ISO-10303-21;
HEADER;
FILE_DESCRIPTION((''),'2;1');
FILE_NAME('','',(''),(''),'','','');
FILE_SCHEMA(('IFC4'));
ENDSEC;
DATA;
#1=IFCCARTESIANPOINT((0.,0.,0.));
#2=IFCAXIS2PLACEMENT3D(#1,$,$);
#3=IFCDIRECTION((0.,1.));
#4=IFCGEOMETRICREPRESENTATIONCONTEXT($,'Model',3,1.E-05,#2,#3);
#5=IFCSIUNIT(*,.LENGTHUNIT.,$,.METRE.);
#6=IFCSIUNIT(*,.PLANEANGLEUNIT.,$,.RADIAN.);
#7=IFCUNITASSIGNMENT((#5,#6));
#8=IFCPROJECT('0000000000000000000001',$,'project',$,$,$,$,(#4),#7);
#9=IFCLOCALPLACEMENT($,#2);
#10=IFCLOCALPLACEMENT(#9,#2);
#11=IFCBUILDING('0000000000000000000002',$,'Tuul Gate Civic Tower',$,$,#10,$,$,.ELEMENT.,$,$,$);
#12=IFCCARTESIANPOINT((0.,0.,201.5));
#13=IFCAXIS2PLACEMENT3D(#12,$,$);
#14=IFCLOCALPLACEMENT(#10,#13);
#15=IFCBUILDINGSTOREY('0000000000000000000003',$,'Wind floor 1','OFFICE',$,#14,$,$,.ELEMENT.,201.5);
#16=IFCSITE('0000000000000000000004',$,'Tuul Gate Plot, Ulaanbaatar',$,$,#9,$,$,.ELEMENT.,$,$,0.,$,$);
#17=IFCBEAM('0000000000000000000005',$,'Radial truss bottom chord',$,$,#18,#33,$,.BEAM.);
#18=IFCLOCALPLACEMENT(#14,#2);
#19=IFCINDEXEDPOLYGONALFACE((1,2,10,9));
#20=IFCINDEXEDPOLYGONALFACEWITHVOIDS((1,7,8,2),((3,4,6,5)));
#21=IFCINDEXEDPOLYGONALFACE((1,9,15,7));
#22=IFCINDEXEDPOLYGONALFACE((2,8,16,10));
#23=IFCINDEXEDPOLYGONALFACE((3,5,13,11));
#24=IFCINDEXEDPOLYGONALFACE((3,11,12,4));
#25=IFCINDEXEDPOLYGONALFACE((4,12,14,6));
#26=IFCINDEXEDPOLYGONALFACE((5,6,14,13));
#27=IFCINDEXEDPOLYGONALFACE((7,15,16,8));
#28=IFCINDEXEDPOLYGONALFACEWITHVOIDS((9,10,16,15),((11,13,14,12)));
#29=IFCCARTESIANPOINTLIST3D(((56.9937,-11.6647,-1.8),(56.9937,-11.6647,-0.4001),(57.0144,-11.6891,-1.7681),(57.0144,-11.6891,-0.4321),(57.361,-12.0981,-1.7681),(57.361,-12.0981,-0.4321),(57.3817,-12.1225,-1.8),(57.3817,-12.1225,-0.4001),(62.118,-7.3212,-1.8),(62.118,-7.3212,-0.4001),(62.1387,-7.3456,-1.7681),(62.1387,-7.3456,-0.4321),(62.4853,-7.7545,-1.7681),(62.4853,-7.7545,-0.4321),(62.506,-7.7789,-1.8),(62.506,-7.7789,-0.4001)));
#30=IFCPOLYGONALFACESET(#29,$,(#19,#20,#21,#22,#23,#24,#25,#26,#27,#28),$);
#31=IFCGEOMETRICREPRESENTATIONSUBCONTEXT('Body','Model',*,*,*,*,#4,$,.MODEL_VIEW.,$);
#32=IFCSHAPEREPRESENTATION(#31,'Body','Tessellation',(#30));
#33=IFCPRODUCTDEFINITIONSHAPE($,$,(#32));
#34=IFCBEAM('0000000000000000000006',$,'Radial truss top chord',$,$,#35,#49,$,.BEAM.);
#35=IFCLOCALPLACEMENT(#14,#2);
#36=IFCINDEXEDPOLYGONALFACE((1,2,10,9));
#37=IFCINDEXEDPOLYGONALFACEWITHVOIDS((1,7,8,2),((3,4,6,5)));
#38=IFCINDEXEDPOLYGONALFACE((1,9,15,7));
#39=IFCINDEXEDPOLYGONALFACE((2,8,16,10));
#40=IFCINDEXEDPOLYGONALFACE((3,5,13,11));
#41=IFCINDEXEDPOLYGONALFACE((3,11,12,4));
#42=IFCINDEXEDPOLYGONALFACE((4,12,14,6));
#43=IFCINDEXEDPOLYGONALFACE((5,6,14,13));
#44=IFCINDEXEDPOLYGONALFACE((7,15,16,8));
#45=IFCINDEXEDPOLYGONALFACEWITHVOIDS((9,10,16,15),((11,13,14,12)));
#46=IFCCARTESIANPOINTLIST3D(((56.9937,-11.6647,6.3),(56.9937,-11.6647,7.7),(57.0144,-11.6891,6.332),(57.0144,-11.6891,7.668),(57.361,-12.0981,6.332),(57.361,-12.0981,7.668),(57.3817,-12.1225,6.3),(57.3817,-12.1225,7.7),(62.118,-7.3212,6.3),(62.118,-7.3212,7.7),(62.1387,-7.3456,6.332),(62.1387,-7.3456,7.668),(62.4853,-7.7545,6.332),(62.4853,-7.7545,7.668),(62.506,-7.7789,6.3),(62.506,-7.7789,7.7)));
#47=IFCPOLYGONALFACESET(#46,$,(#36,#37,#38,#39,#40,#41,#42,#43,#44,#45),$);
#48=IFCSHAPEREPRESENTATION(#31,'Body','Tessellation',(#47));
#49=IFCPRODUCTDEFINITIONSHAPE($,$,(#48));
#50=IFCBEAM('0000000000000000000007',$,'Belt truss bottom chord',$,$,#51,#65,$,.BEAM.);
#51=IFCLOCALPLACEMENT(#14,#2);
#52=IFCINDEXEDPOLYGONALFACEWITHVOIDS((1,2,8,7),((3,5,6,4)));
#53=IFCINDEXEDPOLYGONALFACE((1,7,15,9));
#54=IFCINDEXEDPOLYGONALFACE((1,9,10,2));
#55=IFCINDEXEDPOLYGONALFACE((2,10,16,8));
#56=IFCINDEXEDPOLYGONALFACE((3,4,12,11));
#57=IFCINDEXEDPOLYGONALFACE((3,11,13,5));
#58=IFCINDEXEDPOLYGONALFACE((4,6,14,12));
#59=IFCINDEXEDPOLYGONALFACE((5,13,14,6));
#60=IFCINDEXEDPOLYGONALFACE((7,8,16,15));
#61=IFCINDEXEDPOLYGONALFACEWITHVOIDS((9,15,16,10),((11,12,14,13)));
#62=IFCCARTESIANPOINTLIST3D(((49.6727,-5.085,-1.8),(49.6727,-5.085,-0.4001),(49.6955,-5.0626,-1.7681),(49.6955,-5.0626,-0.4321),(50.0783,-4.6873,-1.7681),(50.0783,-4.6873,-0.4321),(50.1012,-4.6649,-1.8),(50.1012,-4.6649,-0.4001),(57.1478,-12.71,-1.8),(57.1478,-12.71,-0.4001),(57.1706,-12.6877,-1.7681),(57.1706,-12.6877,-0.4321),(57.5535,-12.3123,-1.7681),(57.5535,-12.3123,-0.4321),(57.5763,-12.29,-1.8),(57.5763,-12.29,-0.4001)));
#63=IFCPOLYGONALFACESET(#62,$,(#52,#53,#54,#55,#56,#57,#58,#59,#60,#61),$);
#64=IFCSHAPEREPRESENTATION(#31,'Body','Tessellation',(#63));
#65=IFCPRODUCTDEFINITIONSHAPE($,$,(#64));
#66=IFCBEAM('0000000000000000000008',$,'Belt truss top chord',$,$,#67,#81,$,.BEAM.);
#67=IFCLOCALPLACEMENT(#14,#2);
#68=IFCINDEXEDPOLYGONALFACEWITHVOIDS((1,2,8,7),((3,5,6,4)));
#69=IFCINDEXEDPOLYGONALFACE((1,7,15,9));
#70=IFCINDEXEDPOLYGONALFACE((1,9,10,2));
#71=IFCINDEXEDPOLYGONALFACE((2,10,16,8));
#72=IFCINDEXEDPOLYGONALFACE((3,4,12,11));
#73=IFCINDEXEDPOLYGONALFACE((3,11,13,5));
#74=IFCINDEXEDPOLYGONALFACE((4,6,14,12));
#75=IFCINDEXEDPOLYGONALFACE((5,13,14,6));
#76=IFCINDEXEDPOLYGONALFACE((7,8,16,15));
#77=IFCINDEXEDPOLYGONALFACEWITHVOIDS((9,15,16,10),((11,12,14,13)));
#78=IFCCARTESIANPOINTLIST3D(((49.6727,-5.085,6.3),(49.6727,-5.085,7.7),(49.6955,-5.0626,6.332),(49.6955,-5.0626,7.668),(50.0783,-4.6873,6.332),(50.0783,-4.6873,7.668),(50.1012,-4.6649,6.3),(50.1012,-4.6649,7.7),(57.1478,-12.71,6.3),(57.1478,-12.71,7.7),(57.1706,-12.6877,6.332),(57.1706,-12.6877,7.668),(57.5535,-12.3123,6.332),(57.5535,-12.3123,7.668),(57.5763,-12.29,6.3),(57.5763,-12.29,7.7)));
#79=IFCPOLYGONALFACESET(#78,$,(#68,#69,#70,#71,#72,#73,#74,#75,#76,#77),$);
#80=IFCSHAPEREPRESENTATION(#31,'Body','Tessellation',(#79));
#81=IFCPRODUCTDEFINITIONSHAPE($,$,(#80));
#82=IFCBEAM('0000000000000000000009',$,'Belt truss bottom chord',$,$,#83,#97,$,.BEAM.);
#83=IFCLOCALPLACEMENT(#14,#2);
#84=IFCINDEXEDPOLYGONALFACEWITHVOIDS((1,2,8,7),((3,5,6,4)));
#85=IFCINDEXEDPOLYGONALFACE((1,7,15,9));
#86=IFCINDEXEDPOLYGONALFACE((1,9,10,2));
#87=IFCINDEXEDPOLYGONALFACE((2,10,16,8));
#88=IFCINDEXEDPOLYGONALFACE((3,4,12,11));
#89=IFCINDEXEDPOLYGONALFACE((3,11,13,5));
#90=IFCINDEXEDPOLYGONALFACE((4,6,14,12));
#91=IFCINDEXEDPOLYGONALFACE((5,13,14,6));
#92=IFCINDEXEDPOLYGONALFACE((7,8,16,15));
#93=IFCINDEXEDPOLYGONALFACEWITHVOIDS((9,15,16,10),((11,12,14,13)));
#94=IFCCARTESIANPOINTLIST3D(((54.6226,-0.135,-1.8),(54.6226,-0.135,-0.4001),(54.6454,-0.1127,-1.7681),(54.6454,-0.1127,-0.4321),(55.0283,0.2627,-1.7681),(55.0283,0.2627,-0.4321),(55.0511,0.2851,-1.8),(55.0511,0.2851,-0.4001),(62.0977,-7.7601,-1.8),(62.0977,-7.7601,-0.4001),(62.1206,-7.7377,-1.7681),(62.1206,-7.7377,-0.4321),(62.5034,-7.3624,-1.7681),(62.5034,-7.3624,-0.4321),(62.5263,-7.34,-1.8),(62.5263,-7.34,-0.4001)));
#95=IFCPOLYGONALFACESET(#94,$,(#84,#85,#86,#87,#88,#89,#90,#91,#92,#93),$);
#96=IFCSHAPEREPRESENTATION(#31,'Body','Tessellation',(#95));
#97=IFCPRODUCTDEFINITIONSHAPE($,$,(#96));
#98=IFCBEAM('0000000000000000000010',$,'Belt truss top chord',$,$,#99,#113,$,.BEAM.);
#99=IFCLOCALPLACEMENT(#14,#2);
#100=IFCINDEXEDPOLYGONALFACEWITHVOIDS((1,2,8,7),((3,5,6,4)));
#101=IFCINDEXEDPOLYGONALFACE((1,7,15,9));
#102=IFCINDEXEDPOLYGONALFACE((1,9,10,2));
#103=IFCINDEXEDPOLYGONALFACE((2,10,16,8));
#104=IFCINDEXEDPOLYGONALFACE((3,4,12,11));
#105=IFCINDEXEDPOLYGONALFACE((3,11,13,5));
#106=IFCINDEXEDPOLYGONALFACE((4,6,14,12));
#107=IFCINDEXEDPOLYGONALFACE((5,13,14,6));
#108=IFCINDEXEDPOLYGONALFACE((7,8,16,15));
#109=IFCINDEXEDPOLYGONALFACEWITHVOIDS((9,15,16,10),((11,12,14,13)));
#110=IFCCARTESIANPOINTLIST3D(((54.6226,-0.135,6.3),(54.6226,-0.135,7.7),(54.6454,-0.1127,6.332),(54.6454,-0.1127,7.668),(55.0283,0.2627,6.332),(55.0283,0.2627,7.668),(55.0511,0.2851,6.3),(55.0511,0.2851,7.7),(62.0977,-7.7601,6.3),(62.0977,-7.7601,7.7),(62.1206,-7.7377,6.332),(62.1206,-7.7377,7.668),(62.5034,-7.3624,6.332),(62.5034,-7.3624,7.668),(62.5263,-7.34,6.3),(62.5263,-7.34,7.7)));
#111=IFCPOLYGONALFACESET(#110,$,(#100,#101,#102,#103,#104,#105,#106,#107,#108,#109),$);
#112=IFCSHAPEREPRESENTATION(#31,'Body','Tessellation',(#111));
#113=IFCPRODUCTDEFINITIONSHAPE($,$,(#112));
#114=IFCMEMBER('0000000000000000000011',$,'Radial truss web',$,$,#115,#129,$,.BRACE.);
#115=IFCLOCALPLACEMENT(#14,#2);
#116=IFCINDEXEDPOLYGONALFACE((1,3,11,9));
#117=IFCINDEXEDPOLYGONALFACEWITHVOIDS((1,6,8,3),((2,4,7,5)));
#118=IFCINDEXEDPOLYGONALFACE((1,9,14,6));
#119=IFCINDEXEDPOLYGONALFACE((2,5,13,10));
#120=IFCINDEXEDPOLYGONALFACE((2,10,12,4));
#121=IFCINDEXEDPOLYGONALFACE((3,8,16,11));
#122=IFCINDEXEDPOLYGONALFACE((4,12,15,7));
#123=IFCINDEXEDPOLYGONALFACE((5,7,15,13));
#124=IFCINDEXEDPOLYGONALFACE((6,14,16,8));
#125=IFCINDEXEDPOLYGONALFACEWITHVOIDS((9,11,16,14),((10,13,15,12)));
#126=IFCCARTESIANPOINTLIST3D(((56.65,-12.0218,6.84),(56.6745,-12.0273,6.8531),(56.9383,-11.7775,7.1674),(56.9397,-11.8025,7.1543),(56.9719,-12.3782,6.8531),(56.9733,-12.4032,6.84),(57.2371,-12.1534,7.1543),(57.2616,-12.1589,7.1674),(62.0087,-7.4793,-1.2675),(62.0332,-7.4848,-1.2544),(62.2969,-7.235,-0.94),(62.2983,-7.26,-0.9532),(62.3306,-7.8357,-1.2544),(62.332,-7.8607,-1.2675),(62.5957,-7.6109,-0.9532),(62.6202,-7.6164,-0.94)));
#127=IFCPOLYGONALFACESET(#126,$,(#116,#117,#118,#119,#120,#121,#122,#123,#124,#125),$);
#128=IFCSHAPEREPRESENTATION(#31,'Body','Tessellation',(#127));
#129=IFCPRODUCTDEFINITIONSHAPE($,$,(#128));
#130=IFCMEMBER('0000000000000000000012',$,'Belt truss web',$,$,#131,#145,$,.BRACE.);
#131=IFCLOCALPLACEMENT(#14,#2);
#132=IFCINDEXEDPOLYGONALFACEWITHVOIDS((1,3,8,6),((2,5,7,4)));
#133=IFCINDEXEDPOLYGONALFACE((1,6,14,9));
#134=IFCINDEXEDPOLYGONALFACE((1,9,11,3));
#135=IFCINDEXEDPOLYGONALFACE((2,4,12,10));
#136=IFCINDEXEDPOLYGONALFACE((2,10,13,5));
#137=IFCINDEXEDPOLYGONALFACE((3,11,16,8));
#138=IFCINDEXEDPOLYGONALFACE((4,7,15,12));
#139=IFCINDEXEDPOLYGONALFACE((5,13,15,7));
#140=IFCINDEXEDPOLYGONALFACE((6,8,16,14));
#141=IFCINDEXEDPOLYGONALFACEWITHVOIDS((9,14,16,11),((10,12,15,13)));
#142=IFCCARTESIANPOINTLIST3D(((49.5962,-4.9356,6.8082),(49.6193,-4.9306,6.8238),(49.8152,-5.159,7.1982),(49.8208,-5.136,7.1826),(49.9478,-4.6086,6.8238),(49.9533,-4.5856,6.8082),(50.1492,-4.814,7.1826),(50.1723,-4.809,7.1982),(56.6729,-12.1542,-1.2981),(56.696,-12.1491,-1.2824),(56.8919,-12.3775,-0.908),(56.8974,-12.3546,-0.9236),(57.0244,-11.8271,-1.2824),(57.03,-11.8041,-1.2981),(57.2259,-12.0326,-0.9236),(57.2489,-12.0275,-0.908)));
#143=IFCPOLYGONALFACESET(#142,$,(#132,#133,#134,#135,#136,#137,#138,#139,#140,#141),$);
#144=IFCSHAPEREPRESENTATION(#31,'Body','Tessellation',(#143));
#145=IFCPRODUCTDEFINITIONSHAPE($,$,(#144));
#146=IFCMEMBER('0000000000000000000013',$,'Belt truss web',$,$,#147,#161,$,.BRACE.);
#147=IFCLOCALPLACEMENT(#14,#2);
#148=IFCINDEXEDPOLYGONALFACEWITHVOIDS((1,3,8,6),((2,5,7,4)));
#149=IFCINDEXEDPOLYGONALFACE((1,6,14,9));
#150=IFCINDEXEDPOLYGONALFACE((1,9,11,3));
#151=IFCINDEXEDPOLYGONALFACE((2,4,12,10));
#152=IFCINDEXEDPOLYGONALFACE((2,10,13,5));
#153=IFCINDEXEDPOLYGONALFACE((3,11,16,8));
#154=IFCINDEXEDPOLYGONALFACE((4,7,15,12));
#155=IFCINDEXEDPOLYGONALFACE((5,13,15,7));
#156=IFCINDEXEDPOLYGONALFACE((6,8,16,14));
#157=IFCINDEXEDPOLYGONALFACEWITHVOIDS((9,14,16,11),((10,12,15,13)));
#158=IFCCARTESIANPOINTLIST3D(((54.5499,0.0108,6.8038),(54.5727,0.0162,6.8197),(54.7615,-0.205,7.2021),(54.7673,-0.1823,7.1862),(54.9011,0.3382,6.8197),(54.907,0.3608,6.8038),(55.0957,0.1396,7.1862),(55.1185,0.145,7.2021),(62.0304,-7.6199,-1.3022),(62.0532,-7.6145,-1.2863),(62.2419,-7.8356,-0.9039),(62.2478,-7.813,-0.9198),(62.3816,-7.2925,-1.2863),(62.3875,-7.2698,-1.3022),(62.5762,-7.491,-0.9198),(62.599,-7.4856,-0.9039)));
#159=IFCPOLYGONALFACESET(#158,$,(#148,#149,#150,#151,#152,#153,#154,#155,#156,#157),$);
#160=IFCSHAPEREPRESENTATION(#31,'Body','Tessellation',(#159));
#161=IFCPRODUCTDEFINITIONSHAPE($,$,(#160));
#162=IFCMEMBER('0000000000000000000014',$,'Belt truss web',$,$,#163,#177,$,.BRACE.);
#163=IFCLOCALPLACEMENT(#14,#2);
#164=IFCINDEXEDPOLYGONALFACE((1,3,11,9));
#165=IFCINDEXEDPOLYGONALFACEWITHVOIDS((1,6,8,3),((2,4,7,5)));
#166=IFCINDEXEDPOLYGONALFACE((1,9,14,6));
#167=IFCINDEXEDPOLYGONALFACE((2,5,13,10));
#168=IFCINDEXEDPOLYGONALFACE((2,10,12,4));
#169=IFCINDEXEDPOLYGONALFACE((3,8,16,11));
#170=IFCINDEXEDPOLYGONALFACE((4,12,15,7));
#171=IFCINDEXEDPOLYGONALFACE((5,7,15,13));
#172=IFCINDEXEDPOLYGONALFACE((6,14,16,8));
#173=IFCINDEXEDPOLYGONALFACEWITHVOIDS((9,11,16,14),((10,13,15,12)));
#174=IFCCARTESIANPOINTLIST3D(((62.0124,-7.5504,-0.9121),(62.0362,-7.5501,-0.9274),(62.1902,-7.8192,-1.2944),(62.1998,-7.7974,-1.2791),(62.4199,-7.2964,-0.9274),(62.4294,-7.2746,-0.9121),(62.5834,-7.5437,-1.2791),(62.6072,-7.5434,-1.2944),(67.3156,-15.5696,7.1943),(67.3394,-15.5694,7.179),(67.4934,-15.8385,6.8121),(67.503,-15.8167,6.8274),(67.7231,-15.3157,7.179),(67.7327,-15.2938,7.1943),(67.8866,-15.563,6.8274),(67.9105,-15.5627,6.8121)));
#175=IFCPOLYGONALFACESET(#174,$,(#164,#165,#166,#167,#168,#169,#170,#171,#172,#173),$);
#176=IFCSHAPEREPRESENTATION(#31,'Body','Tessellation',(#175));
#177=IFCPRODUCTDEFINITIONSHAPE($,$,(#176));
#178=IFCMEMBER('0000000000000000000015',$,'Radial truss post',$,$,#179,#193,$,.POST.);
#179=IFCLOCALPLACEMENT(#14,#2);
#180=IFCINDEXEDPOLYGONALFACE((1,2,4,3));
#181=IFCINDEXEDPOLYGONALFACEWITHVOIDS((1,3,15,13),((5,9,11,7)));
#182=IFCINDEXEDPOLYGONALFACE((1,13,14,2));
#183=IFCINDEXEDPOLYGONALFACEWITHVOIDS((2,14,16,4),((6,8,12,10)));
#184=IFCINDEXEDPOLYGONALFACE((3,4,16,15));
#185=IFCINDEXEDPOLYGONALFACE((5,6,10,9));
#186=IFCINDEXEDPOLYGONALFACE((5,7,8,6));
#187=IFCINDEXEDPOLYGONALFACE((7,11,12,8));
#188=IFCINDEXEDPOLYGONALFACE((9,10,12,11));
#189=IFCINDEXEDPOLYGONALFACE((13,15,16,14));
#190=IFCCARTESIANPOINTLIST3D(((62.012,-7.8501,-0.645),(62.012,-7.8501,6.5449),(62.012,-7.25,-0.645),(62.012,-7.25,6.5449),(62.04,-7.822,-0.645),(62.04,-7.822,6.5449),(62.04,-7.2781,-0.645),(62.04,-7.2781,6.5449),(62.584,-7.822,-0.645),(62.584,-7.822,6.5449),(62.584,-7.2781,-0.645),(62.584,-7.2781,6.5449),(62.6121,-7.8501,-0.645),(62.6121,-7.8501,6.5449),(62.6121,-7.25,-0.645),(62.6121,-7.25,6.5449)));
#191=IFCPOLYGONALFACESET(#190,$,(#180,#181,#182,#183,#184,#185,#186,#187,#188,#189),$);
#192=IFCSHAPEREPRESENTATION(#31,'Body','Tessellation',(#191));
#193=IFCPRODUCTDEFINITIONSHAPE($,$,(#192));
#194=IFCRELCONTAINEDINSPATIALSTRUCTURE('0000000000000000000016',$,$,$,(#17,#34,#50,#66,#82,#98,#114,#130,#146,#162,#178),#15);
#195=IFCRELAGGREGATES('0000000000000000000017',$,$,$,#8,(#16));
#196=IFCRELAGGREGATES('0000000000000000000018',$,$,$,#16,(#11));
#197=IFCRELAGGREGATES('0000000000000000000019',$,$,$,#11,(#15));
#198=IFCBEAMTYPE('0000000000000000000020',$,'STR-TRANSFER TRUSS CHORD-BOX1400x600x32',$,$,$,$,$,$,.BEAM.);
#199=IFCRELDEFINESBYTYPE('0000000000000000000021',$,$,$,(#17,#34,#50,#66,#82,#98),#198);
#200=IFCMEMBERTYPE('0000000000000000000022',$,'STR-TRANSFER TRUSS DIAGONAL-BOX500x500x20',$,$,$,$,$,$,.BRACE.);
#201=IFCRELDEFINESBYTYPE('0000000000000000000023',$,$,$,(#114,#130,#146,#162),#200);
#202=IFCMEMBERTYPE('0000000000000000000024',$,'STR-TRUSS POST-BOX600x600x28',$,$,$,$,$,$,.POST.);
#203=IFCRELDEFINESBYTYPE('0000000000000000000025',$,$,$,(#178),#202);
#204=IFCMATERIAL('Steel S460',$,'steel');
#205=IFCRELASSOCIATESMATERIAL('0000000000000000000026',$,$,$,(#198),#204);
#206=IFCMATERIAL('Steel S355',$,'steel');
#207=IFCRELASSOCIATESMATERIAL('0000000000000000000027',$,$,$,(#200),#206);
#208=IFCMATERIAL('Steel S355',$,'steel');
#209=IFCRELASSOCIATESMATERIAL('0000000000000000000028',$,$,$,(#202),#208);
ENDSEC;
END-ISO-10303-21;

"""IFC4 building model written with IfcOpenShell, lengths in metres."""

from ifc_helpers import new_model, si_unit, direction, frame, origin, origin_2d, place, context, subcontext, project, spatial, hollow_rectangle, extrude, material, material_profile, profile_set, type_object, element, save


model = new_model("IFC4")

# Units and contexts
model_context = context("Model", 3, precision=1e-05, world=origin(), true_north=direction((0.0, 1.0)))
body_context = subcontext(model_context, "Body", "Model", "MODEL_VIEW")
ifc_project = project(units=[si_unit("LENGTHUNIT", "METRE"), si_unit("PLANEANGLEUNIT", "RADIAN")], contexts=[model_context])

# Site, building, storey
site_placement = place(None, origin())
site = spatial("IfcSite", under=ifc_project, at=site_placement, Name="Tuul Gate Plot, Ulaanbaatar", CompositionType="ELEMENT", RefElevation=0.0)
building_placement = place(site_placement, origin())
building = spatial("IfcBuilding", under=site, at=building_placement, Name="Tuul Gate Civic Tower", CompositionType="ELEMENT")
storey_placement = place(building_placement, frame((0.0, 0.0, 201.5)))
storey = spatial("IfcBuildingStorey", under=building, at=storey_placement, Name="Wind floor 1", Description="OFFICE", CompositionType="ELEMENT", Elevation=201.5)

# Beams
ifc_material_1 = material(Name="Steel S460", Category="steel")
ifc_material_profile_1 = material_profile(ifc_material_1, hollow_rectangle(XDim=0.6001, YDim=1.3999, WallThickness=0.032, at=origin_2d()), Name="BOX1400x600x32")
ifc_profile_set_1 = profile_set([ifc_material_profile_1], Name="Steel S460")
beam_type = type_object("IfcBeamType", Name="STR-TRANSFER TRUSS CHORD-BOX1400x600x32", PredefinedType="BEAM", material=ifc_profile_set_1)
for number, where, z_axis, x_axis, name in (
    (1, (62.312, -7.55, -1.1001), (-0.762829, -0.6466, 0.0), (0.6466, -0.762829, 0.0), "Radial truss bottom chord"),
    (2, (62.312, -7.55, 7.0), (-0.762829, -0.6466, 0.0), (0.6466, -0.762829, 0.0), "Radial truss top chord"),
):
    element("IfcBeam", number, at=place(storey_placement, frame(where, z_axis=z_axis, x_axis=x_axis)), inside=storey, type_object=beam_type, Name=name, PredefinedType="BEAM", context=body_context, shape_type="SweptSolid", body=[
        extrude(hollow_rectangle(XDim=0.6001, YDim=1.3999, WallThickness=0.032, at=origin_2d()), origin(), (0.0, 0.0, 1.0), 6.7175),
    ])
for number, where, z_axis, x_axis, name in (
    (3, (57.3621, -12.5, -1.1001), (-0.700053, 0.714091, 0.0), (-0.714091, -0.700053, 0.0), "Belt truss bottom chord"),
    (4, (57.3621, -12.5, 7.0), (-0.700053, 0.714091, 0.0), (-0.714091, -0.700053, 0.0), "Belt truss top chord"),
    (5, (62.312, -7.55, -1.1001), (-0.700053, 0.714091, 0.0), (-0.714091, -0.700053, 0.0), "Belt truss bottom chord"),
    (6, (62.312, -7.55, 7.0), (-0.700053, 0.714091, 0.0), (-0.714091, -0.700053, 0.0), "Belt truss top chord"),
):
    element("IfcBeam", number, at=place(storey_placement, frame(where, z_axis=z_axis, x_axis=x_axis)), inside=storey, type_object=beam_type, Name=name, PredefinedType="BEAM", context=body_context, shape_type="SweptSolid", body=[
        extrude(hollow_rectangle(XDim=0.6001, YDim=1.3999, WallThickness=0.032, at=origin_2d()), origin(), (0.0, 0.0, 1.0), 10.678),
    ])

# Members
ifc_material_2 = material(Name="Steel S355", Category="steel")
ifc_material_profile_2 = material_profile(ifc_material_2, hollow_rectangle(XDim=0.5, YDim=0.5, WallThickness=0.02, at=origin_2d()), Name="BOX500x500x20")
ifc_profile_set_2 = profile_set([ifc_material_profile_2], Name="Steel S355")
member_type_1 = type_object("IfcMemberType", Name="STR-TRANSFER TRUSS DIAGONAL-BOX500x500x20", PredefinedType="BRACE", material=ifc_profile_set_2)
member_1_placement = place(storey_placement, frame((62.3145, -7.5479, -1.1038), z_axis=(-0.499523, -0.423442, 0.75576), x_axis=(0.646626, -0.762807, 0.0)))
element("IfcMember", 7, at=member_1_placement, inside=storey, type_object=member_type_1, Name="Radial truss web", PredefinedType="BRACE", context=body_context, shape_type="SweptSolid", body=[
    extrude(hollow_rectangle(XDim=0.5, YDim=0.5, WallThickness=0.02, at=origin_2d()), origin(), (0.0, 0.0, 1.0), 10.7275),
])
member_2_placement = place(storey_placement, frame((56.9609, -12.0908, -1.103), z_axis=(-0.546145, 0.557092, 0.6256), x_axis=(-0.714088, -0.700056, 0.0)))
element("IfcMember", 8, at=member_2_placement, inside=storey, type_object=member_type_1, Name="Belt truss web", PredefinedType="BRACE", context=body_context, shape_type="SweptSolid", body=[
    extrude(hollow_rectangle(XDim=0.5, YDim=0.5, WallThickness=0.02, at=origin_2d()), origin(), (0.0, 0.0, 1.0), 12.9575),
])
member_3_placement = place(storey_placement, frame((62.3147, -7.5527, -1.103), z_axis=(-0.557731, 0.568926, 0.604367), x_axis=(-0.714097, -0.700046, 0.0)))
element("IfcMember", 9, at=member_3_placement, inside=storey, type_object=member_type_1, Name="Belt truss web", PredefinedType="BRACE", context=body_context, shape_type="SweptSolid", body=[
    extrude(hollow_rectangle(XDim=0.5, YDim=0.5, WallThickness=0.02, at=origin_2d()), origin(), (0.0, 0.0, 1.0), 13.4124),
])
member_4_placement = place(storey_placement, frame((62.3098, -7.5469, -1.1033), z_axis=(0.421705, -0.637682, 0.644613), x_axis=(0.834107, 0.551602, 0.0)))
element("IfcMember", 10, at=member_4_placement, inside=storey, type_object=member_type_1, Name="Belt truss web", PredefinedType="BRACE", context=body_context, shape_type="SweptSolid", body=[
    extrude(hollow_rectangle(XDim=0.5, YDim=0.5, WallThickness=0.02, at=origin_2d()), origin(), (0.0, 0.0, 1.0), 12.5757),
])
ifc_material_3 = material(Name="Steel S355", Category="steel")
ifc_material_profile_3 = material_profile(ifc_material_3, hollow_rectangle(XDim=0.6001, YDim=0.6001, WallThickness=0.0281, at=origin_2d()), Name="BOX600x600x28")
ifc_profile_set_3 = profile_set([ifc_material_profile_3], Name="Steel S355")
member_type_2 = type_object("IfcMemberType", Name="STR-TRUSS POST-BOX600x600x28", PredefinedType="POST", material=ifc_profile_set_3)
for number, where, z_axis, x_axis, name in (
    (11, (62.312, -7.55, -0.645), (0.0, 0.0, 1.0), (1.0, 0.0, 0.0), "Radial truss post"),
):
    element("IfcMember", number, at=place(storey_placement, frame(where, z_axis=z_axis, x_axis=x_axis)), inside=storey, type_object=member_type_2, Name=name, PredefinedType="POST", context=body_context, shape_type="SweptSolid", body=[
        extrude(hollow_rectangle(XDim=0.6001, YDim=0.6001, WallThickness=0.0281, at=origin_2d()), origin(), (0.0, 0.0, 1.0), 7.1899),
    ])

save(model, "model.ifc")
